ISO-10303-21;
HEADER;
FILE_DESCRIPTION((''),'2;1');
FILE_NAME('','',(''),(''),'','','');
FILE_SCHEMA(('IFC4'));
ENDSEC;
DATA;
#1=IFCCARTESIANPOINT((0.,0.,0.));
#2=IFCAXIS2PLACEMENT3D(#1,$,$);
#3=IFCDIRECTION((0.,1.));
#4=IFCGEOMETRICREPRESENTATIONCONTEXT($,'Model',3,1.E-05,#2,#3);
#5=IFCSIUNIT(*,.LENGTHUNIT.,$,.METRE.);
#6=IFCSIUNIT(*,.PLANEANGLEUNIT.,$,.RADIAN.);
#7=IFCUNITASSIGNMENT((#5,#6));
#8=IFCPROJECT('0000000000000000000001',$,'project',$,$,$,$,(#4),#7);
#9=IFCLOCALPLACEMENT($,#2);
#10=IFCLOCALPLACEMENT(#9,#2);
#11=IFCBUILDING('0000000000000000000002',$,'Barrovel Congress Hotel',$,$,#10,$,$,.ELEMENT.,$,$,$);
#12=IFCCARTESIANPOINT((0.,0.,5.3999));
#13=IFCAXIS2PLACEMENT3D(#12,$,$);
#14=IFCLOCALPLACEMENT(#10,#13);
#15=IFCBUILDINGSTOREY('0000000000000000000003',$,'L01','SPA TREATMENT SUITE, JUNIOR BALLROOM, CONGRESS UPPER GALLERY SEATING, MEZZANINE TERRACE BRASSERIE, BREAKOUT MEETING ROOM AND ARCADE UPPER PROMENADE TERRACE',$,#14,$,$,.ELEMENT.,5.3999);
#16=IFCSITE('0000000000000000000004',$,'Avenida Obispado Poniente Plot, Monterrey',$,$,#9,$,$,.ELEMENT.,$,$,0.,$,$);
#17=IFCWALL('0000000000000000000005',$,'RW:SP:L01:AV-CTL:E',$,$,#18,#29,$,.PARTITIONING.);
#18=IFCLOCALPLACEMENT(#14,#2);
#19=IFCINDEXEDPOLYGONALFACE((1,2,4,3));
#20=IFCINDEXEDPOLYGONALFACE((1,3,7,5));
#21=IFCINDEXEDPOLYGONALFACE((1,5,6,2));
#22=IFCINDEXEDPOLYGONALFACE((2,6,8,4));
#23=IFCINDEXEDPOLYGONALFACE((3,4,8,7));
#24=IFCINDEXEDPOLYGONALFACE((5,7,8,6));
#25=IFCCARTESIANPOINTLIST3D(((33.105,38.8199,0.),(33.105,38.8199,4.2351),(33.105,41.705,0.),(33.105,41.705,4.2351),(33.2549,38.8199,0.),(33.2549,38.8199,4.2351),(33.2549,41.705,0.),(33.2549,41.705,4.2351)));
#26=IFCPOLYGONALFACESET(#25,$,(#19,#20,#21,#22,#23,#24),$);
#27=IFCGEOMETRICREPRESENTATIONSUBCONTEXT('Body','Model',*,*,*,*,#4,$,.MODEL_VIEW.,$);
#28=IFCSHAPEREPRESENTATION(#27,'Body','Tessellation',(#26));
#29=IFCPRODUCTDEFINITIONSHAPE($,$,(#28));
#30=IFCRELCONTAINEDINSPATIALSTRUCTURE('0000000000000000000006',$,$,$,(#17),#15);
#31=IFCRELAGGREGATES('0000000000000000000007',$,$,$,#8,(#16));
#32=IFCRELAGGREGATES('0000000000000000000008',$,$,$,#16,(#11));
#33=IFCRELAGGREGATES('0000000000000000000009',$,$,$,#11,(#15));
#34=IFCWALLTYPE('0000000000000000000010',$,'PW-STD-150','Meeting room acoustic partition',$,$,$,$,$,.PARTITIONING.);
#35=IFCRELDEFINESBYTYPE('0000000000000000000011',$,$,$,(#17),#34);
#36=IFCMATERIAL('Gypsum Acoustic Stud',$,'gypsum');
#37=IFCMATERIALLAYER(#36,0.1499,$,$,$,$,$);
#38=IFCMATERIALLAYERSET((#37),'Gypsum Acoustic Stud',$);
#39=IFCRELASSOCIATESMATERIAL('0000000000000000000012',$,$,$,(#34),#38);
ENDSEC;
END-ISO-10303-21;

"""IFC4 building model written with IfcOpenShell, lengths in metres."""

from ifc_helpers import new_model, si_unit, direction, frame, frame_2d, origin, place, context, subcontext, project, spatial, rectangle, extrude, material, layer, layer_set, type_object, element, save


model = new_model("IFC4")

# Units and contexts
model_context = context("Model", 3, precision=1e-05, world=origin(), true_north=direction((0.0, 1.0)))
body_context = subcontext(model_context, "Body", "Model", "MODEL_VIEW")
ifc_project = project(units=[si_unit("LENGTHUNIT", "METRE"), si_unit("PLANEANGLEUNIT", "RADIAN")], contexts=[model_context])

# Site, building, storey
site_placement = place(None, origin())
site = spatial("IfcSite", under=ifc_project, at=site_placement, Name="Avenida Obispado Poniente Plot, Monterrey", CompositionType="ELEMENT", RefElevation=0.0)
building_placement = place(site_placement, origin())
building = spatial("IfcBuilding", under=site, at=building_placement, Name="Barrovel Congress Hotel", CompositionType="ELEMENT")
storey_placement = place(building_placement, frame((0.0, 0.0, 5.3999)))
storey = spatial("IfcBuildingStorey", under=building, at=storey_placement, Name="L01", Description="SPA TREATMENT SUITE, JUNIOR BALLROOM, CONGRESS UPPER GALLERY SEATING, MEZZANINE TERRACE BRASSERIE, BREAKOUT MEETING ROOM AND ARCADE UPPER PROMENADE TERRACE", CompositionType="ELEMENT", Elevation=5.3999)

# Shared definitions
ifc_material_1 = material(Name="Gypsum Acoustic Stud", Category="gypsum")

# Shared definitions
ifc_layer_1 = layer(ifc_material_1, 0.1499)
ifc_layer_set_1 = layer_set([ifc_layer_1], Name="Gypsum Acoustic Stud")
wall_type_1 = type_object("IfcWallType", Name="PW-STD-150", Description="Meeting room acoustic partition", PredefinedType="PARTITIONING", material=ifc_layer_set_1)

# Wall
wall_1_placement = place(storey_placement, frame((33.1799, 38.8201, 0.0), z_axis=(0.0, 0.0, 1.0), x_axis=(0.0, 1.0, 0.0)))
element("IfcWall", 1, at=wall_1_placement, inside=storey, type_object=wall_type_1, Name="RW:SP:L01:AV-CTL:E", PredefinedType="PARTITIONING", context=body_context, shape_type="SweptSolid", body=[
    extrude(rectangle(XDim=2.885, YDim=0.1499, at=frame_2d((1.4424, 0.0))), origin(), (0.0, 0.0, 1.0), 4.2351),
])

save(model, "model.ifc")
